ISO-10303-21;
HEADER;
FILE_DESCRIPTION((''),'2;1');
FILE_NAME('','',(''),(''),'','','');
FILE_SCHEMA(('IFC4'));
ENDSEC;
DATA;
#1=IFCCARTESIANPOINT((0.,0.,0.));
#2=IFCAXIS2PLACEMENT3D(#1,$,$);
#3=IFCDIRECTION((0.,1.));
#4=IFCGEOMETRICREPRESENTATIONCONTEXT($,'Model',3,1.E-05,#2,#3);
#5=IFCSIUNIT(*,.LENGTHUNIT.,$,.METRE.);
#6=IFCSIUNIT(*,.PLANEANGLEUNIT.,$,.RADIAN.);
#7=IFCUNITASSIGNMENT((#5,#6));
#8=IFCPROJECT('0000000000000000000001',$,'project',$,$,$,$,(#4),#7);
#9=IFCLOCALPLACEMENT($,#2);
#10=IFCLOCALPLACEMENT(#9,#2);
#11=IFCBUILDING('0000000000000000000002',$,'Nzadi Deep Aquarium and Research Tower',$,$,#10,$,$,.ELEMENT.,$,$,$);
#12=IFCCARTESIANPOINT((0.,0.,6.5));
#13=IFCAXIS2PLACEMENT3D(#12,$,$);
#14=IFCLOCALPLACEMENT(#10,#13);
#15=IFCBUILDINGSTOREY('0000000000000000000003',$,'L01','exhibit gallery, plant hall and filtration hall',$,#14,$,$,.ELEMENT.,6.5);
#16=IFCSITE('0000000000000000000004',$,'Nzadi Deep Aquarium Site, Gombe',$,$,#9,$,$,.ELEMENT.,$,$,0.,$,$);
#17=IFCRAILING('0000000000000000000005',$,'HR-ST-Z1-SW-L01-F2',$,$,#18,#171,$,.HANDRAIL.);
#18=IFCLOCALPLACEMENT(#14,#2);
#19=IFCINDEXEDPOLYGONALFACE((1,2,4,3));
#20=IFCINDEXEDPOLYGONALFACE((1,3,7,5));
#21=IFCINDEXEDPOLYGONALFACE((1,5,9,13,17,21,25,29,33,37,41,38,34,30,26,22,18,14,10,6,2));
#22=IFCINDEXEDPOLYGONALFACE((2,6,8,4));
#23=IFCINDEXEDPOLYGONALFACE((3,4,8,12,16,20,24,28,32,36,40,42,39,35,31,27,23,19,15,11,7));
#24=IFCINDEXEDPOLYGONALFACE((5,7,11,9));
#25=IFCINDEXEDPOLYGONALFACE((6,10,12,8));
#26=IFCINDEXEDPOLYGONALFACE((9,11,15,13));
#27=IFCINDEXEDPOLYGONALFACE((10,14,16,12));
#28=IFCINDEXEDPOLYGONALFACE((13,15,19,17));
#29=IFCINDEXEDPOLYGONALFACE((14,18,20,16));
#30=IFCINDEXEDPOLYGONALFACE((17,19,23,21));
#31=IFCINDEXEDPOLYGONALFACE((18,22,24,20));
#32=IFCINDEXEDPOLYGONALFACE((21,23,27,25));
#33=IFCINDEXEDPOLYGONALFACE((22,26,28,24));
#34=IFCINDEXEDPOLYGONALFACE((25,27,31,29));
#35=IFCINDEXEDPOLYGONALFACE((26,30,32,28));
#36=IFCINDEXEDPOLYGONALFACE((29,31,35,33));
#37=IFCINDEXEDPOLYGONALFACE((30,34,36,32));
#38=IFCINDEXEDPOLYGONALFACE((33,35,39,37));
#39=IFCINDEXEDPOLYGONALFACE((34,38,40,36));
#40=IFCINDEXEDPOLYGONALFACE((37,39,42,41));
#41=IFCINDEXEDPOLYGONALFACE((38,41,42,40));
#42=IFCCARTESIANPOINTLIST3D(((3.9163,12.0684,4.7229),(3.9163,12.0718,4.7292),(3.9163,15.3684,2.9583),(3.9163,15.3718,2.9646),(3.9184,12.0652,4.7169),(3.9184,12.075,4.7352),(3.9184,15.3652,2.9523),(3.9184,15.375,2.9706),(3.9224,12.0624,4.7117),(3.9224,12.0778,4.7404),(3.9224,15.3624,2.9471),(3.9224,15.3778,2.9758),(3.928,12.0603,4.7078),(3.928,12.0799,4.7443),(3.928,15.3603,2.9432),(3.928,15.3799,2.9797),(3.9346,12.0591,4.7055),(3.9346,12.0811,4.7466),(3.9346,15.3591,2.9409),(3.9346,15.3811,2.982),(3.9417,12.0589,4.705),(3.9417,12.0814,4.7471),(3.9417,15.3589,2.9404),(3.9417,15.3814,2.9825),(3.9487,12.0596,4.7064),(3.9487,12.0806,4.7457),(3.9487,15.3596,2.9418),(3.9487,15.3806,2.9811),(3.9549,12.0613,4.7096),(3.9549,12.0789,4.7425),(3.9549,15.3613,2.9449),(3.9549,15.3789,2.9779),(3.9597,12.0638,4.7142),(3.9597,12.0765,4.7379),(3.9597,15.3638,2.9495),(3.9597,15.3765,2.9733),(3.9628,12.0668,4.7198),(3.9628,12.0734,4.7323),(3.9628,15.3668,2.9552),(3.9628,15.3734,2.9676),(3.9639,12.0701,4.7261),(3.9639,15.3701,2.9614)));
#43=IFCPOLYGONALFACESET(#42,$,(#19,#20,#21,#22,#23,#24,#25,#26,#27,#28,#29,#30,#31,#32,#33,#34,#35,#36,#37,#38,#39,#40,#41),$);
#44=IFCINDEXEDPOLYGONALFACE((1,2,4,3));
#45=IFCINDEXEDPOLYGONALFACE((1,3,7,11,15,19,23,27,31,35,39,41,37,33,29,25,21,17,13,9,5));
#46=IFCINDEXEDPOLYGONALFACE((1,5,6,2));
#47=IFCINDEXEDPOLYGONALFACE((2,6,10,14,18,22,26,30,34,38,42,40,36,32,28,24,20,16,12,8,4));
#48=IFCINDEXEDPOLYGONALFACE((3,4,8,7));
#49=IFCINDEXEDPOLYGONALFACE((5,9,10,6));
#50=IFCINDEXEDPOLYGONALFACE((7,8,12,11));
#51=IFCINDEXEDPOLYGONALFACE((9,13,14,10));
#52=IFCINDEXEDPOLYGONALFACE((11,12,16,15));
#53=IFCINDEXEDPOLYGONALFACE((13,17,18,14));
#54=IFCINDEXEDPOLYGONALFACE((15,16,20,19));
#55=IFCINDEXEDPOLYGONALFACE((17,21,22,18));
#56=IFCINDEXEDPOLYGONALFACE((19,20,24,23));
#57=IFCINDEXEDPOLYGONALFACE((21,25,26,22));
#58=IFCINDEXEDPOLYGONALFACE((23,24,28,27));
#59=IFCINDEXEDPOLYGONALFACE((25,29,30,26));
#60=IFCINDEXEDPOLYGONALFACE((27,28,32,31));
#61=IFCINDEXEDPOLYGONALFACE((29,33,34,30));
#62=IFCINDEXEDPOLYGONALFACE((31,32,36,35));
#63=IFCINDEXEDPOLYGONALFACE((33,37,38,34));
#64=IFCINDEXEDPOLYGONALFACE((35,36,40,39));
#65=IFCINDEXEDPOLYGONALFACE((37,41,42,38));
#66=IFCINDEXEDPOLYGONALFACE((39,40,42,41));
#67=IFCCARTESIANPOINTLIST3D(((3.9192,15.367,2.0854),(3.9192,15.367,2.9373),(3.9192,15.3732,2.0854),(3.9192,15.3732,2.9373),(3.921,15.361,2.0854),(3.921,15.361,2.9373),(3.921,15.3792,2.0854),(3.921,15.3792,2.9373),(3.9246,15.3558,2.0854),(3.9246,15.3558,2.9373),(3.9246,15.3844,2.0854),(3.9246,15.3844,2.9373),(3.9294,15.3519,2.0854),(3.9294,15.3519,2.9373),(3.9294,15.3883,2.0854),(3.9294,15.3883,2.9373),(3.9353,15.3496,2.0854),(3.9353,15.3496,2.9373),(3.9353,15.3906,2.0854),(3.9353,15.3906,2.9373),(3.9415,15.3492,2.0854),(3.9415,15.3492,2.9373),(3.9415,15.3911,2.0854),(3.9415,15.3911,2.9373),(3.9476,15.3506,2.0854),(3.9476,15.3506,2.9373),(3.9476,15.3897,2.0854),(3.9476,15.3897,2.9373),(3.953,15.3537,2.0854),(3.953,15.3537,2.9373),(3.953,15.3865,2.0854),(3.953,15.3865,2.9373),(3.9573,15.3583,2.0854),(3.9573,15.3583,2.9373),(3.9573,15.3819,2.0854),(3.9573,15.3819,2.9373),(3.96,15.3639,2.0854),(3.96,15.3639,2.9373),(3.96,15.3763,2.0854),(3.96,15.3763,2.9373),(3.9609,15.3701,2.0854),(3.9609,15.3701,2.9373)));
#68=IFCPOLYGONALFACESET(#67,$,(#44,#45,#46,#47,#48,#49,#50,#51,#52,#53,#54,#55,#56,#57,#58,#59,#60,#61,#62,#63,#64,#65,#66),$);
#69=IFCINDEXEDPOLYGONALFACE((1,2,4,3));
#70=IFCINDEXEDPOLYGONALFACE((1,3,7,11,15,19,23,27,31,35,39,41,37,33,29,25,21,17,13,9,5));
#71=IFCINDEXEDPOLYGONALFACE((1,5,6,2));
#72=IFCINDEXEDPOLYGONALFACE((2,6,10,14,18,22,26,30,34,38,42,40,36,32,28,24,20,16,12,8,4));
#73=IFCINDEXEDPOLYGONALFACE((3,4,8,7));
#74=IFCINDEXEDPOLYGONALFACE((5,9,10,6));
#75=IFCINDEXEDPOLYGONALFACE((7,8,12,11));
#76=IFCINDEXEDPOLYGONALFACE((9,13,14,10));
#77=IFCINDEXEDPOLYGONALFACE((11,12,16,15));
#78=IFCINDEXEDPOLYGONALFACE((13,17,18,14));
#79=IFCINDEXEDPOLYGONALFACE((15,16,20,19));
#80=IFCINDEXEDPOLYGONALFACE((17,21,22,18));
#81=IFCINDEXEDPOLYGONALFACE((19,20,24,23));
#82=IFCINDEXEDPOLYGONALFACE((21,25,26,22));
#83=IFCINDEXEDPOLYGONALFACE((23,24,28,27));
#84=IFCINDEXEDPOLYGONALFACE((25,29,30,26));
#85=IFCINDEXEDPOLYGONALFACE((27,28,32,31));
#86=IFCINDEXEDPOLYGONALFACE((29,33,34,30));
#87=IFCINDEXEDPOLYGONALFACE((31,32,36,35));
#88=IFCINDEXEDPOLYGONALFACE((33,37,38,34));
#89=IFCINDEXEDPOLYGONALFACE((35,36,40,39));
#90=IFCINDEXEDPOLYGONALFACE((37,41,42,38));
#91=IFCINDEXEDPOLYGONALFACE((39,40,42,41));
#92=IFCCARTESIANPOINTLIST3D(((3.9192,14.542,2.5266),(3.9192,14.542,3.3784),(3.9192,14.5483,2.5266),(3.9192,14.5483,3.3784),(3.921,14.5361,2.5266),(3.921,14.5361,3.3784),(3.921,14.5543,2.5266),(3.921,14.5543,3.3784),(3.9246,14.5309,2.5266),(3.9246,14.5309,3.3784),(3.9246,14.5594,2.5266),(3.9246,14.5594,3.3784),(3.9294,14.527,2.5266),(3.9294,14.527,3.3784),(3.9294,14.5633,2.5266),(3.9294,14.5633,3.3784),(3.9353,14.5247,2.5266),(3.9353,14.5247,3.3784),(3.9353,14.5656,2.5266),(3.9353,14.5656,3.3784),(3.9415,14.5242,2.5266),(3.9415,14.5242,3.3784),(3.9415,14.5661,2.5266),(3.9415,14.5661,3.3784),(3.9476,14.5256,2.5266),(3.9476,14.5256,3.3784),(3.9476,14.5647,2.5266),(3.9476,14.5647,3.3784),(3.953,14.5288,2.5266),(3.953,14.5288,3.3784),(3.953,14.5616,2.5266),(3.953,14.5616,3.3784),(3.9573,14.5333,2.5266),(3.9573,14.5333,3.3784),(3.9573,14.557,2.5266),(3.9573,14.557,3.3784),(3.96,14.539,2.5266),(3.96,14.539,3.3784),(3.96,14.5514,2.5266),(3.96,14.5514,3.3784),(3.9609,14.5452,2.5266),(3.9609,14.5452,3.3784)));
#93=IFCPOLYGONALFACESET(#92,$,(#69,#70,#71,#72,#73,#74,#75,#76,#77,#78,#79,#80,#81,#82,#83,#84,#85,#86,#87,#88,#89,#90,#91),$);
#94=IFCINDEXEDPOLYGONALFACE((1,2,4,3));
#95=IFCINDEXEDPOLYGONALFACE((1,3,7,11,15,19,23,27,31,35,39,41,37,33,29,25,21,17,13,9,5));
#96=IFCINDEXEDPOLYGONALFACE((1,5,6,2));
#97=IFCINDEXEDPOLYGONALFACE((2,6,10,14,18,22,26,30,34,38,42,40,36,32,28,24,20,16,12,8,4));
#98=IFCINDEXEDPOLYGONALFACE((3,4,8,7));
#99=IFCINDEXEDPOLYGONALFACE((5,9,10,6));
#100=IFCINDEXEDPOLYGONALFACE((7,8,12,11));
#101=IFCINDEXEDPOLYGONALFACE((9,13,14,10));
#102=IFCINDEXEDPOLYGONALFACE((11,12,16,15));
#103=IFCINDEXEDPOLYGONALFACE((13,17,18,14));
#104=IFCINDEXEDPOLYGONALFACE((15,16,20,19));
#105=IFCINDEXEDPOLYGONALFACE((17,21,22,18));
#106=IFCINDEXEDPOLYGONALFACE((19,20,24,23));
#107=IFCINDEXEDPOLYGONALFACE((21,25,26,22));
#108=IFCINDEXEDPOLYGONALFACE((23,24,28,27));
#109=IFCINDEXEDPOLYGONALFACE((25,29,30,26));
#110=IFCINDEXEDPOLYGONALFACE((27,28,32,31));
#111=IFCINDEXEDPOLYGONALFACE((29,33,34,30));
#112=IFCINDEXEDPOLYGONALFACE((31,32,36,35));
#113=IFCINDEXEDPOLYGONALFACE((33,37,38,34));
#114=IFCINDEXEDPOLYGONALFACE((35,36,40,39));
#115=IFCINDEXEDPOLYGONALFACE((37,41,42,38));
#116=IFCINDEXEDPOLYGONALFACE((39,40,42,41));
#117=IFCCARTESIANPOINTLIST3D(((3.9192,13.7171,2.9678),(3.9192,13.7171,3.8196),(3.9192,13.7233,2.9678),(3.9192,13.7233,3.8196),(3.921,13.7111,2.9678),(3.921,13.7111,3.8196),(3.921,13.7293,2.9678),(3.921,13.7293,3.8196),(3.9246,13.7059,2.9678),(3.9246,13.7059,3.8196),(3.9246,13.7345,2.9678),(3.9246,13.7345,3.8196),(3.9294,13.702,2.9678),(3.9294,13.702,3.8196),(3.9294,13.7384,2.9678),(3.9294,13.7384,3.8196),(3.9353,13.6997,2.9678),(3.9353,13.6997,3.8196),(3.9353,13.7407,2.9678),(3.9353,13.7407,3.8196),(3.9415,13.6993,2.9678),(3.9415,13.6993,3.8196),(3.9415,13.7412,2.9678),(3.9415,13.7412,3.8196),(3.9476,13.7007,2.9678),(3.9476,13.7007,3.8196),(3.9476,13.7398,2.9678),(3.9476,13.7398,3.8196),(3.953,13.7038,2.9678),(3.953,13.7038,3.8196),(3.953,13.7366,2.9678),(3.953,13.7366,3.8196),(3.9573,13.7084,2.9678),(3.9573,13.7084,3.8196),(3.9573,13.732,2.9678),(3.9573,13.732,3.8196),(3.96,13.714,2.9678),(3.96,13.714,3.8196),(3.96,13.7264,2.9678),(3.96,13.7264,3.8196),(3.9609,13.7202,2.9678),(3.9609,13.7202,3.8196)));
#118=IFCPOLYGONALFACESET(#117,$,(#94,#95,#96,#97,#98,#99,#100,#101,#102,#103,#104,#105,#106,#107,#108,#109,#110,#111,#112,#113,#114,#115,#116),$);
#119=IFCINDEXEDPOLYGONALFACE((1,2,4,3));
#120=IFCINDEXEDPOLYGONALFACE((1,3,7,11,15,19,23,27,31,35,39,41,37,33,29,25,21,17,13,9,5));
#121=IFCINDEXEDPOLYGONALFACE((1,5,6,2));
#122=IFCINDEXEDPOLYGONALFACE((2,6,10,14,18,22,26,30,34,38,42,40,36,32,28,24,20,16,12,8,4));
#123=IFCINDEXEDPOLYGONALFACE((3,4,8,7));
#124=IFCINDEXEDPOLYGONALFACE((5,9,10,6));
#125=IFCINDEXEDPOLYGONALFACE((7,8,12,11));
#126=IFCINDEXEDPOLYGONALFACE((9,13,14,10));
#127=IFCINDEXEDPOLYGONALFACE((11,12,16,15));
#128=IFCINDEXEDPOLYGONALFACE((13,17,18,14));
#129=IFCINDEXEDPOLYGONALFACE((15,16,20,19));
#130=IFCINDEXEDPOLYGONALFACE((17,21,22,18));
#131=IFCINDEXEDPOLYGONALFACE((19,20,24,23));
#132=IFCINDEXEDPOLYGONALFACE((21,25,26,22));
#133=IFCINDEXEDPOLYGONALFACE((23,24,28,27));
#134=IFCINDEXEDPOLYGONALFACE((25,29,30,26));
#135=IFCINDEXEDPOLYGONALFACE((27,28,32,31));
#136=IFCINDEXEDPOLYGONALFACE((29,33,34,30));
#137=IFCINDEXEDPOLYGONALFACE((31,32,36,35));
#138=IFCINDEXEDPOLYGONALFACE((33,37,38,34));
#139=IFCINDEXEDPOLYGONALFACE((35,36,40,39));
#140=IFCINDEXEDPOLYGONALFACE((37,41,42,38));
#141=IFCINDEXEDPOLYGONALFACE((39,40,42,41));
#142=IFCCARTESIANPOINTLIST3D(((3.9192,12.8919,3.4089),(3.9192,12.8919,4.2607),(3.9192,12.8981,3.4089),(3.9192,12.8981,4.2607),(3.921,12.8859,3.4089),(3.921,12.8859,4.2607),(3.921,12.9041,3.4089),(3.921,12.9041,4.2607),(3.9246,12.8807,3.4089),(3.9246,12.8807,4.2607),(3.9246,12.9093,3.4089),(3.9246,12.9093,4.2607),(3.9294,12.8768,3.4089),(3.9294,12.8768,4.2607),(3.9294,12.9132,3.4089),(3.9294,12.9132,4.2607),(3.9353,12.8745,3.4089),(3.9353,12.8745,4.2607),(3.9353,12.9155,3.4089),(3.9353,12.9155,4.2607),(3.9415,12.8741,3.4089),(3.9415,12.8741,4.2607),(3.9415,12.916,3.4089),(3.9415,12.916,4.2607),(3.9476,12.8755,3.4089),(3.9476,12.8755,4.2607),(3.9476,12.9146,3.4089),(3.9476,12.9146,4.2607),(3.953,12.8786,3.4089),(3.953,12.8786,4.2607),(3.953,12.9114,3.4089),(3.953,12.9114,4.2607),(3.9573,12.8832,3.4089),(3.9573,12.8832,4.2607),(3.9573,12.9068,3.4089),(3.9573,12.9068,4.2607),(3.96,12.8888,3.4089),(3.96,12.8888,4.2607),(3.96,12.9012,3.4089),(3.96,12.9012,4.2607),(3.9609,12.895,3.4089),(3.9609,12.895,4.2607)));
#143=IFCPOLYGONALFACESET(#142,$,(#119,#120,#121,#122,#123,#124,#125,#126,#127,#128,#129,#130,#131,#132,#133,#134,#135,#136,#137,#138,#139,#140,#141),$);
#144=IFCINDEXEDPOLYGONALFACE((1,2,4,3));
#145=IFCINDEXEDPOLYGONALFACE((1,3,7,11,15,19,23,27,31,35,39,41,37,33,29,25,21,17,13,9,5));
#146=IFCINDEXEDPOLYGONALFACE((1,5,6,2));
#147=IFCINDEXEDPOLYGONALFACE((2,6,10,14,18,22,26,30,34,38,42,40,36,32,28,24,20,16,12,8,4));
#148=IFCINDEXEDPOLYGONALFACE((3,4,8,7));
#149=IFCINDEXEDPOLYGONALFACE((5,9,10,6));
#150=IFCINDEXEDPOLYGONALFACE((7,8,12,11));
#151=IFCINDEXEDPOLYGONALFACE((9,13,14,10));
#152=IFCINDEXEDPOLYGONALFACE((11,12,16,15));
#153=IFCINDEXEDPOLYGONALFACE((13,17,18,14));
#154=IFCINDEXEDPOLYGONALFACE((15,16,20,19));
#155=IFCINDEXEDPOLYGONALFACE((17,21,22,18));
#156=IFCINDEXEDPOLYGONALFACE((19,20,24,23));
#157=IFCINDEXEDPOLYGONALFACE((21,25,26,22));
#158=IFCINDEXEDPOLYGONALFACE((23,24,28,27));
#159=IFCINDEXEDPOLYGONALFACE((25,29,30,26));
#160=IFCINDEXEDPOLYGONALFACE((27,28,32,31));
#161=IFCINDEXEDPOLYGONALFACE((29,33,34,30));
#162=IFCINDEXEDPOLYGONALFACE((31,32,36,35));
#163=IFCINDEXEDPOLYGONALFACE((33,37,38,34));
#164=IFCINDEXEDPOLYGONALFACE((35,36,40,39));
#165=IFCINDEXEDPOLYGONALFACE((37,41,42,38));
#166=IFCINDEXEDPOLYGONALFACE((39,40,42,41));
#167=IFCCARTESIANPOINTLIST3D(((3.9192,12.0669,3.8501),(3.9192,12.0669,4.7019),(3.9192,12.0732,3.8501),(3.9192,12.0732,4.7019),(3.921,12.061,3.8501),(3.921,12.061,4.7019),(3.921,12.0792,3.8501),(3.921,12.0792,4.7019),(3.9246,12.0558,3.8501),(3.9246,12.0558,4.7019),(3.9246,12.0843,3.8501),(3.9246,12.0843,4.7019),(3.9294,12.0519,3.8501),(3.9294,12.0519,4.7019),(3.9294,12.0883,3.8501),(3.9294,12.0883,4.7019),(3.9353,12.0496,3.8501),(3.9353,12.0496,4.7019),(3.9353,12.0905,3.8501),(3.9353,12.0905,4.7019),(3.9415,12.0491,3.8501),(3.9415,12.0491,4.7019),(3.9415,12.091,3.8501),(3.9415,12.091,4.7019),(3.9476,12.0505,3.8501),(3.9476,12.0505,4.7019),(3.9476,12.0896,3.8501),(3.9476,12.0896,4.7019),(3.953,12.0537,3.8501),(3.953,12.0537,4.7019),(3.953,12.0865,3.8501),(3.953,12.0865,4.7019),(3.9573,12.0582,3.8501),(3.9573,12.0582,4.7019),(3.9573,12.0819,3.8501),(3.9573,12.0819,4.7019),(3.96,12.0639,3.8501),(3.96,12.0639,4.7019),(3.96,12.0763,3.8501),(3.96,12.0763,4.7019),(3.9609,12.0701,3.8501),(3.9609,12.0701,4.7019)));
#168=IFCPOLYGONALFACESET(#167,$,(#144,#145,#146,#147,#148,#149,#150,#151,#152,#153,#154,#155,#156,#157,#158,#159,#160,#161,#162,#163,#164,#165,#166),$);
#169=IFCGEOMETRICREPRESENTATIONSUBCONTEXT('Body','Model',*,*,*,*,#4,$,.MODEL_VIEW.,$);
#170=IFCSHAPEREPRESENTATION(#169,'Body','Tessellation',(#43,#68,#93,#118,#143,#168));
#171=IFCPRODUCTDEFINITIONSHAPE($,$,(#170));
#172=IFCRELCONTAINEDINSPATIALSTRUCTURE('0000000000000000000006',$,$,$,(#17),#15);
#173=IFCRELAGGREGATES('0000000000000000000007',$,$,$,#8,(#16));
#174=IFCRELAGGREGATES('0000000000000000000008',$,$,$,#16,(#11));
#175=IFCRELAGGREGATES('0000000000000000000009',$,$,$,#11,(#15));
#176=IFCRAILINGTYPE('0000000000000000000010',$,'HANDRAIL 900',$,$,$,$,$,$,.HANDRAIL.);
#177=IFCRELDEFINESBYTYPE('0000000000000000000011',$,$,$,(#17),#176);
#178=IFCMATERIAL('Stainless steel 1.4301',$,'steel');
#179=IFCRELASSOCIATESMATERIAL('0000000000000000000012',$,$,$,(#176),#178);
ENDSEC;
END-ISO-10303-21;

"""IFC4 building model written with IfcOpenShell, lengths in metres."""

from ifc_helpers import new_model, si_unit, direction, frame, origin, origin_2d, place, context, subcontext, project, spatial, circle, extrude, material, type_object, element, save


model = new_model("IFC4")

# Units and contexts
model_context = context("Model", 3, precision=1e-05, world=origin(), true_north=direction((0.0, 1.0)))
body_context = subcontext(model_context, "Body", "Model", "MODEL_VIEW")
ifc_project = project(units=[si_unit("LENGTHUNIT", "METRE"), si_unit("PLANEANGLEUNIT", "RADIAN")], contexts=[model_context])

# Site, building, storey
site_placement = place(None, origin())
site = spatial("IfcSite", under=ifc_project, at=site_placement, Name="Nzadi Deep Aquarium Site, Gombe", CompositionType="ELEMENT", RefElevation=0.0)
building_placement = place(site_placement, origin())
building = spatial("IfcBuilding", under=site, at=building_placement, Name="Nzadi Deep Aquarium and Research Tower", CompositionType="ELEMENT")
storey_placement = place(building_placement, frame((0.0, 0.0, 6.5)))
storey = spatial("IfcBuildingStorey", under=building, at=storey_placement, Name="L01", Description="exhibit gallery, plant hall and filtration hall", CompositionType="ELEMENT", Elevation=6.5)

# Railing
ifc_material_1 = material(Name="Stainless steel 1.4301", Category="steel")
railing_type = type_object("IfcRailingType", Name="HANDRAIL 900", PredefinedType="HANDRAIL", material=ifc_material_1)
for number, where, name in (
    (1, (3.9399, 15.3701, 2.0854), "HR-ST-Z1-SW-L01-F2"),
):
    element("IfcRailing", number, at=place(storey_placement, frame(where)), inside=storey, type_object=railing_type, Name=name, PredefinedType="HANDRAIL", context=body_context, shape_type="SweptSolid", body=[
        extrude(circle(Radius=0.0239, at=origin_2d()), frame((0.0, 0.0, 0.876), z_axis=(0.0, -0.88184, 0.47155), x_axis=(1.0, 0.0, 0.0)), (0.0, 0.0, 1.0), 3.7422),
        extrude(circle(Radius=0.021, at=origin_2d()), origin(), (0.0, 0.0, 1.0), 0.8518),
        extrude(circle(Radius=0.021, at=origin_2d()), frame((0.0, -0.825, 0.4412)), (0.0, 0.0, 1.0), 0.8518),
        extrude(circle(Radius=0.021, at=origin_2d()), frame((0.0, -1.6499, 0.8823)), (0.0, 0.0, 1.0), 0.8518),
        extrude(circle(Radius=0.021, at=origin_2d()), frame((0.0, -2.4751, 1.3235)), (0.0, 0.0, 1.0), 0.8518),
        extrude(circle(Radius=0.021, at=origin_2d()), frame((0.0, -3.3, 1.7646)), (0.0, 0.0, 1.0), 0.8518),
    ])

save(model, "model.ifc")
